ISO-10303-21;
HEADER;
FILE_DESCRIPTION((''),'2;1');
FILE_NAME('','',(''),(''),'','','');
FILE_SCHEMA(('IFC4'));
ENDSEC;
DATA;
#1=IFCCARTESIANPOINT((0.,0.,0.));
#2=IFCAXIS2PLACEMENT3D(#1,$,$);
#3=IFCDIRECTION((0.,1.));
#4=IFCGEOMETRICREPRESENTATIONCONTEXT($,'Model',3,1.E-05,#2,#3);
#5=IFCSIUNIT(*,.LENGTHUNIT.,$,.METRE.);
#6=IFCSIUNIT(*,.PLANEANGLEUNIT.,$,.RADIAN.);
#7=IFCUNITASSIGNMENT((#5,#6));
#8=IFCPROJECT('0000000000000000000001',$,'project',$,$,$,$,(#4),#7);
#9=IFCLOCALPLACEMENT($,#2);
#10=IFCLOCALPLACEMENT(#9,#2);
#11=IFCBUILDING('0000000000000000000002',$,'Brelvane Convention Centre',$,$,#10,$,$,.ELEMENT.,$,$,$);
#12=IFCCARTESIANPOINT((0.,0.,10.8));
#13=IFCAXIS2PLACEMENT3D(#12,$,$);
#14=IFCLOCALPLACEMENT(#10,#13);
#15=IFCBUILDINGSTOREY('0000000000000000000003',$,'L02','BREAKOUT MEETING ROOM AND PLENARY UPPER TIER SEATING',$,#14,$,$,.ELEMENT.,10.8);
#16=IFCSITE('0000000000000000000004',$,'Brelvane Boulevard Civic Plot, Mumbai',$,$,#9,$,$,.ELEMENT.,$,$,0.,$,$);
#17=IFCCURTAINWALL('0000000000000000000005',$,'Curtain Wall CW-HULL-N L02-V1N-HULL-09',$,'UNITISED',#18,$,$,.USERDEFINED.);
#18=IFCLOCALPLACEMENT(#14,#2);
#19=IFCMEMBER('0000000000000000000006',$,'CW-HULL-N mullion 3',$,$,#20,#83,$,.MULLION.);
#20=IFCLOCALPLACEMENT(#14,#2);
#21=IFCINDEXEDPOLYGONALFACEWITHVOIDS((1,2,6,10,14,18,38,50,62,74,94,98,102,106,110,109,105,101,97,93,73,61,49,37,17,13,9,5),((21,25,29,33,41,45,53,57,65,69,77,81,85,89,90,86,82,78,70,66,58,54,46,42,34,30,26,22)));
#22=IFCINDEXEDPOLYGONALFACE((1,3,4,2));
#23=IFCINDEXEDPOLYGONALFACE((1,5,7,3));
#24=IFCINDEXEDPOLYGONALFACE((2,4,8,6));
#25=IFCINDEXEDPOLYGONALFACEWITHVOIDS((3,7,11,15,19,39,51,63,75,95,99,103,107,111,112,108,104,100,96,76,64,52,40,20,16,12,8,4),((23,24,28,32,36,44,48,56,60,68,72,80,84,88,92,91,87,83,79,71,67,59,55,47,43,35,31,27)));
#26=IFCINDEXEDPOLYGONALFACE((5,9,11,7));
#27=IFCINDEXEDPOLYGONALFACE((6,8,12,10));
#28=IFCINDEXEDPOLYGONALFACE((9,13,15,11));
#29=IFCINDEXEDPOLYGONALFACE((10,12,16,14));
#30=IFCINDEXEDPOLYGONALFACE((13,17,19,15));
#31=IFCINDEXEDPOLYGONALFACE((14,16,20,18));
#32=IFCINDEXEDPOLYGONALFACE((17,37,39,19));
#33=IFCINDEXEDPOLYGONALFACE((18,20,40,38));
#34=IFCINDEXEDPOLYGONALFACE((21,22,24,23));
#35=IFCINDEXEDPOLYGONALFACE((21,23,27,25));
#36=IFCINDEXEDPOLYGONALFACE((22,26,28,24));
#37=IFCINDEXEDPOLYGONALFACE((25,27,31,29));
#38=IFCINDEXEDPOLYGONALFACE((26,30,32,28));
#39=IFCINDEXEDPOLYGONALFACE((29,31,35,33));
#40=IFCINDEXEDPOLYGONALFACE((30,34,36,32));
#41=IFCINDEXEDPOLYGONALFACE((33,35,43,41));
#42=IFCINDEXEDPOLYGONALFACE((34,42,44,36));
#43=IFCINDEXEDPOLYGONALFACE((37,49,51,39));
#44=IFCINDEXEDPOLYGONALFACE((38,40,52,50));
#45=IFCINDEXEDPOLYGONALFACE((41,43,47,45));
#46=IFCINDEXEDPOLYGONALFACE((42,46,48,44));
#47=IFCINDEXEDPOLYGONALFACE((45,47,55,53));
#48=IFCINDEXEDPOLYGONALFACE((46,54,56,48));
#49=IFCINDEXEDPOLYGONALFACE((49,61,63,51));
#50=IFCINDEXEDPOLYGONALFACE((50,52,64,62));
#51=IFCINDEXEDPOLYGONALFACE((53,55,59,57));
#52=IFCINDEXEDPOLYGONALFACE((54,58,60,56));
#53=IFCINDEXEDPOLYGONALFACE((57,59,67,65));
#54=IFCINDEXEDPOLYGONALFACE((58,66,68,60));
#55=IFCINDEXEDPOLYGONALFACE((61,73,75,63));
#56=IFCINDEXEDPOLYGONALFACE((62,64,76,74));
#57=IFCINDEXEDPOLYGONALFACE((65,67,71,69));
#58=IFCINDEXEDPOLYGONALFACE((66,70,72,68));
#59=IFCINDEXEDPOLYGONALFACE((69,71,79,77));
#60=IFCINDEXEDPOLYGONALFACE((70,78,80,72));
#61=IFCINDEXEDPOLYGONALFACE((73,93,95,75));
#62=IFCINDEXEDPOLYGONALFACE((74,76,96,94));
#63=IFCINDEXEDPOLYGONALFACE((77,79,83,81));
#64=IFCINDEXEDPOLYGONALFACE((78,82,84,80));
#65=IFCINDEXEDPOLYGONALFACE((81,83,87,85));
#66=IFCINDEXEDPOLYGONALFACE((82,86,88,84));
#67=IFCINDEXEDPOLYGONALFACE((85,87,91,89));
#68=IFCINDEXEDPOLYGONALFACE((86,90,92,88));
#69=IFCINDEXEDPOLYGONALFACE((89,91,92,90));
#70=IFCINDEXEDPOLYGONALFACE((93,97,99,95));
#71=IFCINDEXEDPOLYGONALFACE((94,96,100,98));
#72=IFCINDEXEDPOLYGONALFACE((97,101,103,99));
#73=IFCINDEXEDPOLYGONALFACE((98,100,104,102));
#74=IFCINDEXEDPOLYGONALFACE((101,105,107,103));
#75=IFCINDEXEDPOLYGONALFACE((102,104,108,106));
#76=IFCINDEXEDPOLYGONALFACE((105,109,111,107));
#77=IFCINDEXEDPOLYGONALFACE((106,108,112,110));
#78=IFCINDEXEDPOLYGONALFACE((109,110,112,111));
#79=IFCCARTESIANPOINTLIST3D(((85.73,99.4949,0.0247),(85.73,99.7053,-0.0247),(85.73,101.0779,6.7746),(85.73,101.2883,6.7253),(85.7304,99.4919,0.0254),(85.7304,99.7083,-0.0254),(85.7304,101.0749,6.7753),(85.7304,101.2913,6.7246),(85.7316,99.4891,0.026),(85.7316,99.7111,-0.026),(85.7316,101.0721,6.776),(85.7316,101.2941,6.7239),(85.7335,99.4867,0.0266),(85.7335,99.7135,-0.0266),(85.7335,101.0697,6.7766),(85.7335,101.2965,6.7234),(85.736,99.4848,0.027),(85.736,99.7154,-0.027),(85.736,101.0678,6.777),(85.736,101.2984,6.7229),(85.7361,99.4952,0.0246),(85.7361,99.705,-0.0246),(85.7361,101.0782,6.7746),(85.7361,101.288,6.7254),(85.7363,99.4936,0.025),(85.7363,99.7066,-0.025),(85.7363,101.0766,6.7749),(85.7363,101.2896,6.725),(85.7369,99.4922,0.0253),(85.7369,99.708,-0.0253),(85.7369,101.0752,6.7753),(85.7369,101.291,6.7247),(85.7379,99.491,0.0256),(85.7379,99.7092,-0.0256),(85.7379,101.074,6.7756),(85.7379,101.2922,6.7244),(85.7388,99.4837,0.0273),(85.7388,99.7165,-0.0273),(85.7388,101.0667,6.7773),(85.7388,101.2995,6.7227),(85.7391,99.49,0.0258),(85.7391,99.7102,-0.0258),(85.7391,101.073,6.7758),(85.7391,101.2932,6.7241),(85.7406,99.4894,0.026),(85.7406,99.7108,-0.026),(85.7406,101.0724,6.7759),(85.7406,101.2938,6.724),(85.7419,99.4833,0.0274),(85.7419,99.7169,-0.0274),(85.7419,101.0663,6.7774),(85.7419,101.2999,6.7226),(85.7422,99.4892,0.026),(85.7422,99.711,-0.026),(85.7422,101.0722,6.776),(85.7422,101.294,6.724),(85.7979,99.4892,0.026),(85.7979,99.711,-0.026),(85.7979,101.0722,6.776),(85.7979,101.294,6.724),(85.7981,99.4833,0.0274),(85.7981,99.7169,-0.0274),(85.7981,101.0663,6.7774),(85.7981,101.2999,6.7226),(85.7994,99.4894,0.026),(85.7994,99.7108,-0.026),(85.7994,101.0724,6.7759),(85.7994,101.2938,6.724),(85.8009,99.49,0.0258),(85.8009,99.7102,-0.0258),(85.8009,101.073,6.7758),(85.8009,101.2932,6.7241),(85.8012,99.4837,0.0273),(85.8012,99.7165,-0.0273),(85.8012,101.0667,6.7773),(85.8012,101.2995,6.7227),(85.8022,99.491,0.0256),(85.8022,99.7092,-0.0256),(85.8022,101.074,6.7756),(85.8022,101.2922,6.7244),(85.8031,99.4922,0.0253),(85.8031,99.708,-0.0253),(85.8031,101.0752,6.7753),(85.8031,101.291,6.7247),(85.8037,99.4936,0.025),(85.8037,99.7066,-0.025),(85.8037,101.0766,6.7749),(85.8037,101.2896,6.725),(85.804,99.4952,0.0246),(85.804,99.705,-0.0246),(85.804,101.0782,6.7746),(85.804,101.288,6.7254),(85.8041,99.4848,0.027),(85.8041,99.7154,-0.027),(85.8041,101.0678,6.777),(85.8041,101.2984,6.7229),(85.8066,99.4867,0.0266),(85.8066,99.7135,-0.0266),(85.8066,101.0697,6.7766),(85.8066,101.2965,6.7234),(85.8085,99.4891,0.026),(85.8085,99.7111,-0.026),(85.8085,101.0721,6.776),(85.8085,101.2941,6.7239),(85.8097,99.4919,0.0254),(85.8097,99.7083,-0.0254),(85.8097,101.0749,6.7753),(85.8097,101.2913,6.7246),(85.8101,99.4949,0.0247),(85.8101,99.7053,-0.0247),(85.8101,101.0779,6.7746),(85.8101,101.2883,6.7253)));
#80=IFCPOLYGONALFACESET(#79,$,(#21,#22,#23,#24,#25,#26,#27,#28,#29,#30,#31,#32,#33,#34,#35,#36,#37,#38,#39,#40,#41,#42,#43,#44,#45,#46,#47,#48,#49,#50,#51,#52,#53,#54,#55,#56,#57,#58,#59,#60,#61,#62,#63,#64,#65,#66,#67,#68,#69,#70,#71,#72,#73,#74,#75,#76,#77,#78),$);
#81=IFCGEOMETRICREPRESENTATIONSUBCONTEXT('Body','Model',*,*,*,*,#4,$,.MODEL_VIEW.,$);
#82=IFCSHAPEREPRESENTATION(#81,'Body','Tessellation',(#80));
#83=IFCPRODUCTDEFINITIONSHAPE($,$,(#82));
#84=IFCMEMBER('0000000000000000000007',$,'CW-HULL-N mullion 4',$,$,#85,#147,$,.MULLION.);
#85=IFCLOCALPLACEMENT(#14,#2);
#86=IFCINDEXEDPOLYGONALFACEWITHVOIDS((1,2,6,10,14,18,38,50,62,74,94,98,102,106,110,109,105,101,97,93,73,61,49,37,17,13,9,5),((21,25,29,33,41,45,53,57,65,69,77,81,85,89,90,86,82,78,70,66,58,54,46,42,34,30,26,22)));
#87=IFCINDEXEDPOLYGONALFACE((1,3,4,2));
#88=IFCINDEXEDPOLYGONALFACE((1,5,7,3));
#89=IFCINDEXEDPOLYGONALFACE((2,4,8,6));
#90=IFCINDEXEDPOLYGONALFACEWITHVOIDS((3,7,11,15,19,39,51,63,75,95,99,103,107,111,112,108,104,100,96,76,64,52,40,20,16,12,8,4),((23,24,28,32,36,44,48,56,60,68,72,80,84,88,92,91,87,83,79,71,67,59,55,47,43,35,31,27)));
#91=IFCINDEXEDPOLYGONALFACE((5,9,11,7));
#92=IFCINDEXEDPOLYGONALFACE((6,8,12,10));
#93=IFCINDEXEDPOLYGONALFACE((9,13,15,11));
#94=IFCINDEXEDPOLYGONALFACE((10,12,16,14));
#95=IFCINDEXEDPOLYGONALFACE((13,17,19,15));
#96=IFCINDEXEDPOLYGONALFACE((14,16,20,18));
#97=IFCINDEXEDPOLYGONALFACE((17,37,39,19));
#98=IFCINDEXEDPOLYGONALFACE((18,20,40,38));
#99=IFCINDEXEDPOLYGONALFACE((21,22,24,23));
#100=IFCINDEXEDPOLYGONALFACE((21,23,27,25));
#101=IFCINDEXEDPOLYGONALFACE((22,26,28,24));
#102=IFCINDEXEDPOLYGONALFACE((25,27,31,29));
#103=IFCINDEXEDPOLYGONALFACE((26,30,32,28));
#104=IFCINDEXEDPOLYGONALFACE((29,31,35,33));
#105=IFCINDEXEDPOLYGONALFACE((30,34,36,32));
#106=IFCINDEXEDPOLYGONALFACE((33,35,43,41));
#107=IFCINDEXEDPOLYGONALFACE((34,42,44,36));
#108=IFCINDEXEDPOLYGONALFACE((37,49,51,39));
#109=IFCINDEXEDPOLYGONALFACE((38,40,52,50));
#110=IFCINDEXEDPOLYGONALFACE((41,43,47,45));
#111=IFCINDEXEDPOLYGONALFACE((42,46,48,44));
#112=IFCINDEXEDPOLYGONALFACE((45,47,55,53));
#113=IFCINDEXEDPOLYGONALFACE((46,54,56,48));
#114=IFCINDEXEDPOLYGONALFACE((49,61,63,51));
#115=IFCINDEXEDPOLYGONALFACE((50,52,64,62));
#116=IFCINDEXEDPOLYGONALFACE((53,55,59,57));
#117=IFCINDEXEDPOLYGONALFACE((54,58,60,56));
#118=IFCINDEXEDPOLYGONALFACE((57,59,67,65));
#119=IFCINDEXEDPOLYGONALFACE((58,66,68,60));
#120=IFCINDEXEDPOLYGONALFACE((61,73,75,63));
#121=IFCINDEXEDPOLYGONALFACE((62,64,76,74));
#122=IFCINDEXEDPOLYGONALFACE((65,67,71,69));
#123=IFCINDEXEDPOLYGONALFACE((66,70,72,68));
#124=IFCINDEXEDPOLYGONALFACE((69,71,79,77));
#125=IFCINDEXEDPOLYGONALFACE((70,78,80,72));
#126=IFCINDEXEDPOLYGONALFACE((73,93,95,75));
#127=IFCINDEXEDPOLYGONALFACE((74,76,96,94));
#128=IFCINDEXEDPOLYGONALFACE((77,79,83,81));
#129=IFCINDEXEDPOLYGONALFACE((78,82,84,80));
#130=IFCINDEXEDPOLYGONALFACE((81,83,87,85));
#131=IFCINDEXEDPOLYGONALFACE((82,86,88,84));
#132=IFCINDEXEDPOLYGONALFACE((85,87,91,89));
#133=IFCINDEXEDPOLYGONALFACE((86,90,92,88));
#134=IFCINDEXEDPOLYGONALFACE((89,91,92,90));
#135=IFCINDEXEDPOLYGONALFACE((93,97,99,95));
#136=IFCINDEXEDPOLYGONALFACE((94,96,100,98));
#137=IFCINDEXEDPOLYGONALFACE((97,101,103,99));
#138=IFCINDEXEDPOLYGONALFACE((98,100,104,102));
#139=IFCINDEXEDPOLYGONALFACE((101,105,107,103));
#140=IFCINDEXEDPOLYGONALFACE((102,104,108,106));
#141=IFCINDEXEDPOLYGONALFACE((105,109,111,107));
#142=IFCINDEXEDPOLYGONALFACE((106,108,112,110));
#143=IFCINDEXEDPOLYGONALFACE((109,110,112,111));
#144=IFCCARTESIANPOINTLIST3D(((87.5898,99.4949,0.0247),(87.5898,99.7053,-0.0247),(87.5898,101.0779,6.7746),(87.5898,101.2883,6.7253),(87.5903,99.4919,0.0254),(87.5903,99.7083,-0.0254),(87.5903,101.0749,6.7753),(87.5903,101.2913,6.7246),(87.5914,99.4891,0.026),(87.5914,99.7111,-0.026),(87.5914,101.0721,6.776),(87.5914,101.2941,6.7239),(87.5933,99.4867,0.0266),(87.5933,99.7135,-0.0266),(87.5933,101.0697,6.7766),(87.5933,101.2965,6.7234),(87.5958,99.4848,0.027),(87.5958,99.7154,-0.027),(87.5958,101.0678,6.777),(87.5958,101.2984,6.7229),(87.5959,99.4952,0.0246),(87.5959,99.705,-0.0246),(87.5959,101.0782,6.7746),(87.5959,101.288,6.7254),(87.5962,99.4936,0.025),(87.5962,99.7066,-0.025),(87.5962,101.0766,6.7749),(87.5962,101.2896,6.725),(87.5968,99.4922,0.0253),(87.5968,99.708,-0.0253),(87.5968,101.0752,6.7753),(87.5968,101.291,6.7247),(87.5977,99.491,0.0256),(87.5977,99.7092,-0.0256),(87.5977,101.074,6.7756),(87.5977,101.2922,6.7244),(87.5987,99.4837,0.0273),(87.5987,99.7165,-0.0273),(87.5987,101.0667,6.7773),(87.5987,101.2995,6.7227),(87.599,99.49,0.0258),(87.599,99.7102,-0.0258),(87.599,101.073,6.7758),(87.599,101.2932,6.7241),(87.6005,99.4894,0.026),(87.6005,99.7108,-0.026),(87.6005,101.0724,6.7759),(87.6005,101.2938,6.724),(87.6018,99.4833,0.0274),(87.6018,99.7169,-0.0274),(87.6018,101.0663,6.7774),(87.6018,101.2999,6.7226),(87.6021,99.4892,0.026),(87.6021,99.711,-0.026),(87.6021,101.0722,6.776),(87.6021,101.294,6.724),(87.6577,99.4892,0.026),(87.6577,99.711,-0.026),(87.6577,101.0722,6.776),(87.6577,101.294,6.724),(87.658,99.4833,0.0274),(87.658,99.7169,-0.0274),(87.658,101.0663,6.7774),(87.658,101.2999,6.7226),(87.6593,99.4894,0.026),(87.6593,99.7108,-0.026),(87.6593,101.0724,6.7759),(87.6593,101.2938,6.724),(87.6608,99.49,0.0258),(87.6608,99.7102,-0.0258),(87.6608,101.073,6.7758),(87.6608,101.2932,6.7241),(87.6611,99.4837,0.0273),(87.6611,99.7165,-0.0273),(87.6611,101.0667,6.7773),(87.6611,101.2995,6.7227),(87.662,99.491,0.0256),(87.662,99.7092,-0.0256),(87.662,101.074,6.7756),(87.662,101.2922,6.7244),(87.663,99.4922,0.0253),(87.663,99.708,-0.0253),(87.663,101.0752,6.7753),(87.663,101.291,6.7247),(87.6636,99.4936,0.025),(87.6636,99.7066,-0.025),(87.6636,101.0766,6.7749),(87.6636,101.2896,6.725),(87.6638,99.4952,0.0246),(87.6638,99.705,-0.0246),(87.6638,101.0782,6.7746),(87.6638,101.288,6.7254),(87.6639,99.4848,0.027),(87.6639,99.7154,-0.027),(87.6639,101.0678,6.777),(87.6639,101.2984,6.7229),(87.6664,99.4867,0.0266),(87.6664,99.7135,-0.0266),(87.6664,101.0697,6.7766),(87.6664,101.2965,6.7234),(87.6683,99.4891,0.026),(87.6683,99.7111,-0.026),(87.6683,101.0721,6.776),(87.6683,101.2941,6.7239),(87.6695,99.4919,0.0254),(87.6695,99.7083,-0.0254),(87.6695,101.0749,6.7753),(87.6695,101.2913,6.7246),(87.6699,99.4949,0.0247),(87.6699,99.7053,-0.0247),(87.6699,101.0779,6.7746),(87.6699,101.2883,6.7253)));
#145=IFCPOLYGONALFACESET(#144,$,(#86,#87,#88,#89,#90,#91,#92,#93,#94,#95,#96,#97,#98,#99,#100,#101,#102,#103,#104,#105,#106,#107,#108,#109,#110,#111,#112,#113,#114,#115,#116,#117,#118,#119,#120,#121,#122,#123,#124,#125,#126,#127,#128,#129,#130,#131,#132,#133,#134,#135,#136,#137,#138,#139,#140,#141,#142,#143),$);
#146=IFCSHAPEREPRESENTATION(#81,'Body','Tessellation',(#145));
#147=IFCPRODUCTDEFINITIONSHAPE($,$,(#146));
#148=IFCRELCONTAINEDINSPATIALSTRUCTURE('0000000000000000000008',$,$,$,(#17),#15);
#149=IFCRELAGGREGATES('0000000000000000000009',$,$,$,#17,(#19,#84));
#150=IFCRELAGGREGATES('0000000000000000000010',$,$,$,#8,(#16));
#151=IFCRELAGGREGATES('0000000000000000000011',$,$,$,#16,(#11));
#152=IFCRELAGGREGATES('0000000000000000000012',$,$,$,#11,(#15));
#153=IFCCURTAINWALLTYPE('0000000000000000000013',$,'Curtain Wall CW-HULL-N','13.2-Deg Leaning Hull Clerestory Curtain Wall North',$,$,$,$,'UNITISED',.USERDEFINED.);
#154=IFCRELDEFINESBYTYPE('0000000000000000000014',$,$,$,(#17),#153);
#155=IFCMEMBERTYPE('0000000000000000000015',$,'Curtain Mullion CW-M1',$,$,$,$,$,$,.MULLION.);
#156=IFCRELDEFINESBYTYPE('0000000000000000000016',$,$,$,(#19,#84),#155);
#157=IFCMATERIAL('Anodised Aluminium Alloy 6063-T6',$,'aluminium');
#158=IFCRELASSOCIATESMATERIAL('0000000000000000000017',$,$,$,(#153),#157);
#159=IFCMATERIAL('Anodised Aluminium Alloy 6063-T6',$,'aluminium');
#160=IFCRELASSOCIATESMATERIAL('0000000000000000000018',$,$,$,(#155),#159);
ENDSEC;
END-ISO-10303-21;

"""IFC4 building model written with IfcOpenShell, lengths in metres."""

from ifc_helpers import new_model, si_unit, direction, frame, origin, origin_2d, place, context, subcontext, project, spatial, hollow_rectangle, extrude, material, material_profile, profile_set, type_object, element, aggregate, save


model = new_model("IFC4")

# Units and contexts
model_context = context("Model", 3, precision=1e-05, world=origin(), true_north=direction((0.0, 1.0)))
body_context = subcontext(model_context, "Body", "Model", "MODEL_VIEW")
ifc_project = project(units=[si_unit("LENGTHUNIT", "METRE"), si_unit("PLANEANGLEUNIT", "RADIAN")], contexts=[model_context])

# Site, building, storey
site_placement = place(None, origin())
site = spatial("IfcSite", under=ifc_project, at=site_placement, Name="Brelvane Boulevard Civic Plot, Mumbai", CompositionType="ELEMENT", RefElevation=0.0)
building_placement = place(site_placement, origin())
building = spatial("IfcBuilding", under=site, at=building_placement, Name="Brelvane Convention Centre", CompositionType="ELEMENT")
storey_placement = place(building_placement, frame((0.0, 0.0, 10.8)))
storey = spatial("IfcBuildingStorey", under=building, at=storey_placement, Name="L02", Description="BREAKOUT MEETING ROOM AND PLENARY UPPER TIER SEATING", CompositionType="ELEMENT", Elevation=10.8)

# Curtain wall, members
ifc_material_1 = material(Name="Anodised Aluminium Alloy 6063-T6", Category="aluminium")
curtain_wall_type = type_object("IfcCurtainWallType", Name="Curtain Wall CW-HULL-N", Description="13.2-Deg Leaning Hull Clerestory Curtain Wall North", ElementType="UNITISED", PredefinedType="USERDEFINED", material=ifc_material_1)
curtain_wall_placement = place(storey_placement, origin())
curtain_wall = element("IfcCurtainWall", 1, at=curtain_wall_placement, inside=storey, type_object=curtain_wall_type, Name="Curtain Wall CW-HULL-N L02-V1N-HULL-09", ObjectType="UNITISED", PredefinedType="USERDEFINED")
ifc_material_2 = material(Name="Anodised Aluminium Alloy 6063-T6", Category="aluminium")
ifc_material_profile_1 = material_profile(ifc_material_2, hollow_rectangle(XDim=0.0801, YDim=0.24, WallThickness=0.0061, InnerFilletRadius=0.0061, OuterFilletRadius=0.012, at=origin_2d()), Name="ALU-M 240x80x6.0")
ifc_profile_set_1 = profile_set([ifc_material_profile_1], Name="Anodised Aluminium Alloy 6063-T6")
member_type_1 = type_object("IfcMemberType", Name="Curtain Mullion CW-M1", PredefinedType="MULLION", material=ifc_profile_set_1)
member_1_placement = place(storey_placement, frame((85.77, 99.6001, 0.0), z_axis=(0.0, 0.228325, 0.973585), x_axis=(-1.0, 0.0, 0.0)))
member_1 = element("IfcMember", 2, at=member_1_placement, type_object=member_type_1, Name="CW-HULL-N mullion 3", PredefinedType="MULLION", context=body_context, shape_type="SweptSolid", body=[
    extrude(hollow_rectangle(XDim=0.0801, YDim=0.24, WallThickness=0.0061, InnerFilletRadius=0.0061, OuterFilletRadius=0.012, at=origin_2d()), origin(), (0.0, 0.0, 1.0), 6.9331),
])
member_2_placement = place(storey_placement, frame((87.6299, 99.6001, 0.0), z_axis=(0.0, 0.228325, 0.973585), x_axis=(-1.0, 0.0, 0.0)))
member_2 = element("IfcMember", 3, at=member_2_placement, type_object=member_type_1, Name="CW-HULL-N mullion 4", PredefinedType="MULLION", context=body_context, shape_type="SweptSolid", body=[
    extrude(hollow_rectangle(XDim=0.0801, YDim=0.24, WallThickness=0.0061, InnerFilletRadius=0.0061, OuterFilletRadius=0.012, at=origin_2d()), origin(), (0.0, 0.0, 1.0), 6.9331),
])
aggregate(curtain_wall, [member_1, member_2])

save(model, "model.ifc")
